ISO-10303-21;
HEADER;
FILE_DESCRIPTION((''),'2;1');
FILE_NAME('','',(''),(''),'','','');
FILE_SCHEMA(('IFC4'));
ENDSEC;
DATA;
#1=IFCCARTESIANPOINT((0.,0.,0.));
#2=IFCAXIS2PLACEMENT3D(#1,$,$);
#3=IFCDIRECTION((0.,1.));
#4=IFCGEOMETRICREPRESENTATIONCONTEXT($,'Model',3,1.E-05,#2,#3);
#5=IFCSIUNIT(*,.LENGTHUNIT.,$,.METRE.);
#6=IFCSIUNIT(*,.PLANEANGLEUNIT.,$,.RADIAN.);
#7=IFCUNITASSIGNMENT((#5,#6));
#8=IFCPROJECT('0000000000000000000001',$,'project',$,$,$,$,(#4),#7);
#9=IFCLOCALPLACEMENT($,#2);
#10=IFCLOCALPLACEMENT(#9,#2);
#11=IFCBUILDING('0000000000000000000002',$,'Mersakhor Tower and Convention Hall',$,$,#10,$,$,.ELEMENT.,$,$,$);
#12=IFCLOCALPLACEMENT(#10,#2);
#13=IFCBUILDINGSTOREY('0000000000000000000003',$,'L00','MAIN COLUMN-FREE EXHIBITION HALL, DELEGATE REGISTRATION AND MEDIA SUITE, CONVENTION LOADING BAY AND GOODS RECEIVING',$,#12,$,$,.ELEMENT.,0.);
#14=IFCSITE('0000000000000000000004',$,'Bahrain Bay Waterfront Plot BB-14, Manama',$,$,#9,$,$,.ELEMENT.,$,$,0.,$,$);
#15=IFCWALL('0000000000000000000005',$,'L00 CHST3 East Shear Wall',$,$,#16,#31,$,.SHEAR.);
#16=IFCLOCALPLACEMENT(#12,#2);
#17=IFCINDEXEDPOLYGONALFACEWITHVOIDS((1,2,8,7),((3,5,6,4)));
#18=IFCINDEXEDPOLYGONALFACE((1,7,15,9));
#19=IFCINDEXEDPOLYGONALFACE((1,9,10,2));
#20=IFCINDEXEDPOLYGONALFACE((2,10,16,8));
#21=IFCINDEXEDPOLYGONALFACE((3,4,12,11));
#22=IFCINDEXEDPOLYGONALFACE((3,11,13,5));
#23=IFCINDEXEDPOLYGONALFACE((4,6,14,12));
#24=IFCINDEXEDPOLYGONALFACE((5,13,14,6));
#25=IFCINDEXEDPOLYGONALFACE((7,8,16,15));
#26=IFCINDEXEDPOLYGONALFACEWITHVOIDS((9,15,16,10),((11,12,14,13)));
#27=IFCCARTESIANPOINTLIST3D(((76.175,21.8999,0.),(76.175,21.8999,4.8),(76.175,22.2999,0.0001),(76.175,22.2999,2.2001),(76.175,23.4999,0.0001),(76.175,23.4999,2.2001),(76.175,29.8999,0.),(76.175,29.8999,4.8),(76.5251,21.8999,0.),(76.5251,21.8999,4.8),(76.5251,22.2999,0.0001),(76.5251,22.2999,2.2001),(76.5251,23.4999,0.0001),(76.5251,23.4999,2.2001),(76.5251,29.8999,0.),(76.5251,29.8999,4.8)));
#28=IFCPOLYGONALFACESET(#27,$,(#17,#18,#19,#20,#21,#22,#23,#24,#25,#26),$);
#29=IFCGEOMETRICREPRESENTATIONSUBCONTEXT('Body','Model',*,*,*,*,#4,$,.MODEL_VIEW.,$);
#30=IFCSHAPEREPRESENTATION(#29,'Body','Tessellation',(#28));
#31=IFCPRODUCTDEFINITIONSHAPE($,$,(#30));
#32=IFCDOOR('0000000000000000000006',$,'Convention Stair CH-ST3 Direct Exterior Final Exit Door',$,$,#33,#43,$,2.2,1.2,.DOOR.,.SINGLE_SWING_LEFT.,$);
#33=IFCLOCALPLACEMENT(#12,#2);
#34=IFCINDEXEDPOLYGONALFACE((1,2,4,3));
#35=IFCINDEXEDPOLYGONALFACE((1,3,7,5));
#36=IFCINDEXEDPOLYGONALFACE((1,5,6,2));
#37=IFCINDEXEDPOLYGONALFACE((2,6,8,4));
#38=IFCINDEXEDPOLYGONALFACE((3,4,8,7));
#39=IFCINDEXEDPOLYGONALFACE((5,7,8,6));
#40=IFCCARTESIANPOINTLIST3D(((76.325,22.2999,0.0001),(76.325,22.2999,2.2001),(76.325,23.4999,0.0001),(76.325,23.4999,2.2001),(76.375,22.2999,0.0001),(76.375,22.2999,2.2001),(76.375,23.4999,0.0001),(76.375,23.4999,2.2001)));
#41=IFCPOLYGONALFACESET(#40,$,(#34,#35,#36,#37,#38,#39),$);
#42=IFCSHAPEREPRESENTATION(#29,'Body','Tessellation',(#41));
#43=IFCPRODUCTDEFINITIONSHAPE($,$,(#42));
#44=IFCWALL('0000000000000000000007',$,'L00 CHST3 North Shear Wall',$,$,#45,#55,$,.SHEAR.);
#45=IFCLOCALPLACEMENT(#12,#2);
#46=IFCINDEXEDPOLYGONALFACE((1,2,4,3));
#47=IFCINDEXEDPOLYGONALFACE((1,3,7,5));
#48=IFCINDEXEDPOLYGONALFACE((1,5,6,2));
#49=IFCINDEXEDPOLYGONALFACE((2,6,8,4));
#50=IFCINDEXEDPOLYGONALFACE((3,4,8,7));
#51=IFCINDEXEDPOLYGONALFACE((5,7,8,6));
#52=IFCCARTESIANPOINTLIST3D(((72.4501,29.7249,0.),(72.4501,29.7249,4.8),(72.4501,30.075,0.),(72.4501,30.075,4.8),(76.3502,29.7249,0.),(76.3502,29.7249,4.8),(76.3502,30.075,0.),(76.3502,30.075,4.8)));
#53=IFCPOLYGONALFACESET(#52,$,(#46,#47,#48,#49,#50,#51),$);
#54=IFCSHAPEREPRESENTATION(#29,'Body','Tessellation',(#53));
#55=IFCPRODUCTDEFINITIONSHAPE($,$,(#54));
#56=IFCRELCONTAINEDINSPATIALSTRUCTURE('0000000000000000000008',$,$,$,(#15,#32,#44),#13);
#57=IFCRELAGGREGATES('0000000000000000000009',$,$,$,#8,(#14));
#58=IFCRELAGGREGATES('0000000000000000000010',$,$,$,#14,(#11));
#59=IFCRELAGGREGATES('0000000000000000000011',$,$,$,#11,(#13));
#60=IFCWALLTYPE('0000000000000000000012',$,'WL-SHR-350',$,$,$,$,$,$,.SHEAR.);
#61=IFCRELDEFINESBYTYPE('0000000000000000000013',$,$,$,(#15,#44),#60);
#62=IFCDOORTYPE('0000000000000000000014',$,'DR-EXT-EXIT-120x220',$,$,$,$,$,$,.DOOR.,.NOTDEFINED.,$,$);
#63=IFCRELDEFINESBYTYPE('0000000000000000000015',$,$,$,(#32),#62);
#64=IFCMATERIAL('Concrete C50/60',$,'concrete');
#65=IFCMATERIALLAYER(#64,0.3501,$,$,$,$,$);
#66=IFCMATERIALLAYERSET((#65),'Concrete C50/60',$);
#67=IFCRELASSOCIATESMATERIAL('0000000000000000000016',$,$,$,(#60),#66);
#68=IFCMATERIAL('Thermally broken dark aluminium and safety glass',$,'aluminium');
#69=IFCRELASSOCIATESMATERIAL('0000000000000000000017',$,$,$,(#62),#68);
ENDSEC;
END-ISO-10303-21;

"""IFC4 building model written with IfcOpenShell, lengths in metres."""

from ifc_helpers import new_model, si_unit, direction, frame, frame_2d, origin, place, context, subcontext, project, spatial, rectangle, extrude, material, layer, layer_set, type_object, element, fill, save


model = new_model("IFC4")

# Units and contexts
model_context = context("Model", 3, precision=1e-05, world=origin(), true_north=direction((0.0, 1.0)))
body_context = subcontext(model_context, "Body", "Model", "MODEL_VIEW")
ifc_project = project(units=[si_unit("LENGTHUNIT", "METRE"), si_unit("PLANEANGLEUNIT", "RADIAN")], contexts=[model_context])

# Site, building, storey
site_placement = place(None, origin())
site = spatial("IfcSite", under=ifc_project, at=site_placement, Name="Bahrain Bay Waterfront Plot BB-14, Manama", CompositionType="ELEMENT", RefElevation=0.0)
building_placement = place(site_placement, origin())
building = spatial("IfcBuilding", under=site, at=building_placement, Name="Mersakhor Tower and Convention Hall", CompositionType="ELEMENT")
storey_placement = place(building_placement, origin())
storey = spatial("IfcBuildingStorey", under=building, at=storey_placement, Name="L00", Description="MAIN COLUMN-FREE EXHIBITION HALL, DELEGATE REGISTRATION AND MEDIA SUITE, CONVENTION LOADING BAY AND GOODS RECEIVING", CompositionType="ELEMENT", Elevation=0.0)

# Wall, opening, door
ifc_material_1 = material(Name="Concrete C50/60", Category="concrete")
ifc_layer_1 = layer(ifc_material_1, 0.3501)
ifc_layer_set_1 = layer_set([ifc_layer_1], Name="Concrete C50/60")
wall_type_1 = type_object("IfcWallType", Name="WL-SHR-350", PredefinedType="SHEAR", material=ifc_layer_set_1)
wall_1_placement = place(storey_placement, frame((76.3501, 29.8999, 0.0), z_axis=(0.0, 0.0, 1.0), x_axis=(0.0, -1.0, 0.0)))
wall_1 = element("IfcWall", 1, at=wall_1_placement, inside=storey, type_object=wall_type_1, Name="L00 CHST3 East Shear Wall", PredefinedType="SHEAR", context=body_context, shape_type="SweptSolid", body=[
    extrude(rectangle(XDim=8.0, YDim=0.3501, at=frame_2d((4.0, 0.0))), origin(), (0.0, 0.0, 1.0), 4.8),
])
opening_placement = place(wall_1_placement, frame((6.3999, 0.0, 0.0)))
opening = element("IfcOpeningElement", 2, at=opening_placement, cuts=wall_1, PredefinedType="OPENING", context=body_context, shape_type="SweptSolid", body=[
    extrude(rectangle(XDim=1.2, YDim=2.2, at=frame_2d((0.6001, 1.1001))), frame((0.0, 0.1851, 0.0), z_axis=(0.0, -1.0, 0.0), x_axis=(1.0, 0.0, 0.0)), (0.0, 0.0, 1.0), 0.3701),
])
ifc_material_2 = material(Name="Thermally broken dark aluminium and safety glass", Category="aluminium")
door_type = type_object("IfcDoorType", Name="DR-EXT-EXIT-120x220", OperationType="NOTDEFINED", PredefinedType="DOOR", material=ifc_material_2)
door_placement = place(opening_placement, origin())
door = element("IfcDoor", 3, at=door_placement, inside=storey, type_object=door_type, Name="Convention Stair CH-ST3 Direct Exterior Final Exit Door", OperationType="SINGLE_SWING_LEFT", OverallHeight=2.2, OverallWidth=1.2, PredefinedType="DOOR", context=body_context, shape_type="SweptSolid", body=[
    extrude(rectangle(XDim=1.2, YDim=2.2, at=frame_2d((0.6001, 1.1001))), frame((0.0, 0.0249, 0.0), z_axis=(0.0, -1.0, 0.0), x_axis=(1.0, 0.0, 0.0)), (0.0, 0.0, 1.0), 0.05),
])
fill(opening, door)

# Wall
wall_2_placement = place(storey_placement, frame((72.45, 29.8999, 0.0), z_axis=(0.0, 0.0, 1.0), x_axis=(1.0, 0.0, 0.0)))
element("IfcWall", 4, at=wall_2_placement, inside=storey, type_object=wall_type_1, Name="L00 CHST3 North Shear Wall", PredefinedType="SHEAR", context=body_context, shape_type="SweptSolid", body=[
    extrude(rectangle(XDim=3.9001, YDim=0.3501, at=frame_2d((1.9502, 0.0))), origin(), (0.0, 0.0, 1.0), 4.8),
])

save(model, "model.ifc")
